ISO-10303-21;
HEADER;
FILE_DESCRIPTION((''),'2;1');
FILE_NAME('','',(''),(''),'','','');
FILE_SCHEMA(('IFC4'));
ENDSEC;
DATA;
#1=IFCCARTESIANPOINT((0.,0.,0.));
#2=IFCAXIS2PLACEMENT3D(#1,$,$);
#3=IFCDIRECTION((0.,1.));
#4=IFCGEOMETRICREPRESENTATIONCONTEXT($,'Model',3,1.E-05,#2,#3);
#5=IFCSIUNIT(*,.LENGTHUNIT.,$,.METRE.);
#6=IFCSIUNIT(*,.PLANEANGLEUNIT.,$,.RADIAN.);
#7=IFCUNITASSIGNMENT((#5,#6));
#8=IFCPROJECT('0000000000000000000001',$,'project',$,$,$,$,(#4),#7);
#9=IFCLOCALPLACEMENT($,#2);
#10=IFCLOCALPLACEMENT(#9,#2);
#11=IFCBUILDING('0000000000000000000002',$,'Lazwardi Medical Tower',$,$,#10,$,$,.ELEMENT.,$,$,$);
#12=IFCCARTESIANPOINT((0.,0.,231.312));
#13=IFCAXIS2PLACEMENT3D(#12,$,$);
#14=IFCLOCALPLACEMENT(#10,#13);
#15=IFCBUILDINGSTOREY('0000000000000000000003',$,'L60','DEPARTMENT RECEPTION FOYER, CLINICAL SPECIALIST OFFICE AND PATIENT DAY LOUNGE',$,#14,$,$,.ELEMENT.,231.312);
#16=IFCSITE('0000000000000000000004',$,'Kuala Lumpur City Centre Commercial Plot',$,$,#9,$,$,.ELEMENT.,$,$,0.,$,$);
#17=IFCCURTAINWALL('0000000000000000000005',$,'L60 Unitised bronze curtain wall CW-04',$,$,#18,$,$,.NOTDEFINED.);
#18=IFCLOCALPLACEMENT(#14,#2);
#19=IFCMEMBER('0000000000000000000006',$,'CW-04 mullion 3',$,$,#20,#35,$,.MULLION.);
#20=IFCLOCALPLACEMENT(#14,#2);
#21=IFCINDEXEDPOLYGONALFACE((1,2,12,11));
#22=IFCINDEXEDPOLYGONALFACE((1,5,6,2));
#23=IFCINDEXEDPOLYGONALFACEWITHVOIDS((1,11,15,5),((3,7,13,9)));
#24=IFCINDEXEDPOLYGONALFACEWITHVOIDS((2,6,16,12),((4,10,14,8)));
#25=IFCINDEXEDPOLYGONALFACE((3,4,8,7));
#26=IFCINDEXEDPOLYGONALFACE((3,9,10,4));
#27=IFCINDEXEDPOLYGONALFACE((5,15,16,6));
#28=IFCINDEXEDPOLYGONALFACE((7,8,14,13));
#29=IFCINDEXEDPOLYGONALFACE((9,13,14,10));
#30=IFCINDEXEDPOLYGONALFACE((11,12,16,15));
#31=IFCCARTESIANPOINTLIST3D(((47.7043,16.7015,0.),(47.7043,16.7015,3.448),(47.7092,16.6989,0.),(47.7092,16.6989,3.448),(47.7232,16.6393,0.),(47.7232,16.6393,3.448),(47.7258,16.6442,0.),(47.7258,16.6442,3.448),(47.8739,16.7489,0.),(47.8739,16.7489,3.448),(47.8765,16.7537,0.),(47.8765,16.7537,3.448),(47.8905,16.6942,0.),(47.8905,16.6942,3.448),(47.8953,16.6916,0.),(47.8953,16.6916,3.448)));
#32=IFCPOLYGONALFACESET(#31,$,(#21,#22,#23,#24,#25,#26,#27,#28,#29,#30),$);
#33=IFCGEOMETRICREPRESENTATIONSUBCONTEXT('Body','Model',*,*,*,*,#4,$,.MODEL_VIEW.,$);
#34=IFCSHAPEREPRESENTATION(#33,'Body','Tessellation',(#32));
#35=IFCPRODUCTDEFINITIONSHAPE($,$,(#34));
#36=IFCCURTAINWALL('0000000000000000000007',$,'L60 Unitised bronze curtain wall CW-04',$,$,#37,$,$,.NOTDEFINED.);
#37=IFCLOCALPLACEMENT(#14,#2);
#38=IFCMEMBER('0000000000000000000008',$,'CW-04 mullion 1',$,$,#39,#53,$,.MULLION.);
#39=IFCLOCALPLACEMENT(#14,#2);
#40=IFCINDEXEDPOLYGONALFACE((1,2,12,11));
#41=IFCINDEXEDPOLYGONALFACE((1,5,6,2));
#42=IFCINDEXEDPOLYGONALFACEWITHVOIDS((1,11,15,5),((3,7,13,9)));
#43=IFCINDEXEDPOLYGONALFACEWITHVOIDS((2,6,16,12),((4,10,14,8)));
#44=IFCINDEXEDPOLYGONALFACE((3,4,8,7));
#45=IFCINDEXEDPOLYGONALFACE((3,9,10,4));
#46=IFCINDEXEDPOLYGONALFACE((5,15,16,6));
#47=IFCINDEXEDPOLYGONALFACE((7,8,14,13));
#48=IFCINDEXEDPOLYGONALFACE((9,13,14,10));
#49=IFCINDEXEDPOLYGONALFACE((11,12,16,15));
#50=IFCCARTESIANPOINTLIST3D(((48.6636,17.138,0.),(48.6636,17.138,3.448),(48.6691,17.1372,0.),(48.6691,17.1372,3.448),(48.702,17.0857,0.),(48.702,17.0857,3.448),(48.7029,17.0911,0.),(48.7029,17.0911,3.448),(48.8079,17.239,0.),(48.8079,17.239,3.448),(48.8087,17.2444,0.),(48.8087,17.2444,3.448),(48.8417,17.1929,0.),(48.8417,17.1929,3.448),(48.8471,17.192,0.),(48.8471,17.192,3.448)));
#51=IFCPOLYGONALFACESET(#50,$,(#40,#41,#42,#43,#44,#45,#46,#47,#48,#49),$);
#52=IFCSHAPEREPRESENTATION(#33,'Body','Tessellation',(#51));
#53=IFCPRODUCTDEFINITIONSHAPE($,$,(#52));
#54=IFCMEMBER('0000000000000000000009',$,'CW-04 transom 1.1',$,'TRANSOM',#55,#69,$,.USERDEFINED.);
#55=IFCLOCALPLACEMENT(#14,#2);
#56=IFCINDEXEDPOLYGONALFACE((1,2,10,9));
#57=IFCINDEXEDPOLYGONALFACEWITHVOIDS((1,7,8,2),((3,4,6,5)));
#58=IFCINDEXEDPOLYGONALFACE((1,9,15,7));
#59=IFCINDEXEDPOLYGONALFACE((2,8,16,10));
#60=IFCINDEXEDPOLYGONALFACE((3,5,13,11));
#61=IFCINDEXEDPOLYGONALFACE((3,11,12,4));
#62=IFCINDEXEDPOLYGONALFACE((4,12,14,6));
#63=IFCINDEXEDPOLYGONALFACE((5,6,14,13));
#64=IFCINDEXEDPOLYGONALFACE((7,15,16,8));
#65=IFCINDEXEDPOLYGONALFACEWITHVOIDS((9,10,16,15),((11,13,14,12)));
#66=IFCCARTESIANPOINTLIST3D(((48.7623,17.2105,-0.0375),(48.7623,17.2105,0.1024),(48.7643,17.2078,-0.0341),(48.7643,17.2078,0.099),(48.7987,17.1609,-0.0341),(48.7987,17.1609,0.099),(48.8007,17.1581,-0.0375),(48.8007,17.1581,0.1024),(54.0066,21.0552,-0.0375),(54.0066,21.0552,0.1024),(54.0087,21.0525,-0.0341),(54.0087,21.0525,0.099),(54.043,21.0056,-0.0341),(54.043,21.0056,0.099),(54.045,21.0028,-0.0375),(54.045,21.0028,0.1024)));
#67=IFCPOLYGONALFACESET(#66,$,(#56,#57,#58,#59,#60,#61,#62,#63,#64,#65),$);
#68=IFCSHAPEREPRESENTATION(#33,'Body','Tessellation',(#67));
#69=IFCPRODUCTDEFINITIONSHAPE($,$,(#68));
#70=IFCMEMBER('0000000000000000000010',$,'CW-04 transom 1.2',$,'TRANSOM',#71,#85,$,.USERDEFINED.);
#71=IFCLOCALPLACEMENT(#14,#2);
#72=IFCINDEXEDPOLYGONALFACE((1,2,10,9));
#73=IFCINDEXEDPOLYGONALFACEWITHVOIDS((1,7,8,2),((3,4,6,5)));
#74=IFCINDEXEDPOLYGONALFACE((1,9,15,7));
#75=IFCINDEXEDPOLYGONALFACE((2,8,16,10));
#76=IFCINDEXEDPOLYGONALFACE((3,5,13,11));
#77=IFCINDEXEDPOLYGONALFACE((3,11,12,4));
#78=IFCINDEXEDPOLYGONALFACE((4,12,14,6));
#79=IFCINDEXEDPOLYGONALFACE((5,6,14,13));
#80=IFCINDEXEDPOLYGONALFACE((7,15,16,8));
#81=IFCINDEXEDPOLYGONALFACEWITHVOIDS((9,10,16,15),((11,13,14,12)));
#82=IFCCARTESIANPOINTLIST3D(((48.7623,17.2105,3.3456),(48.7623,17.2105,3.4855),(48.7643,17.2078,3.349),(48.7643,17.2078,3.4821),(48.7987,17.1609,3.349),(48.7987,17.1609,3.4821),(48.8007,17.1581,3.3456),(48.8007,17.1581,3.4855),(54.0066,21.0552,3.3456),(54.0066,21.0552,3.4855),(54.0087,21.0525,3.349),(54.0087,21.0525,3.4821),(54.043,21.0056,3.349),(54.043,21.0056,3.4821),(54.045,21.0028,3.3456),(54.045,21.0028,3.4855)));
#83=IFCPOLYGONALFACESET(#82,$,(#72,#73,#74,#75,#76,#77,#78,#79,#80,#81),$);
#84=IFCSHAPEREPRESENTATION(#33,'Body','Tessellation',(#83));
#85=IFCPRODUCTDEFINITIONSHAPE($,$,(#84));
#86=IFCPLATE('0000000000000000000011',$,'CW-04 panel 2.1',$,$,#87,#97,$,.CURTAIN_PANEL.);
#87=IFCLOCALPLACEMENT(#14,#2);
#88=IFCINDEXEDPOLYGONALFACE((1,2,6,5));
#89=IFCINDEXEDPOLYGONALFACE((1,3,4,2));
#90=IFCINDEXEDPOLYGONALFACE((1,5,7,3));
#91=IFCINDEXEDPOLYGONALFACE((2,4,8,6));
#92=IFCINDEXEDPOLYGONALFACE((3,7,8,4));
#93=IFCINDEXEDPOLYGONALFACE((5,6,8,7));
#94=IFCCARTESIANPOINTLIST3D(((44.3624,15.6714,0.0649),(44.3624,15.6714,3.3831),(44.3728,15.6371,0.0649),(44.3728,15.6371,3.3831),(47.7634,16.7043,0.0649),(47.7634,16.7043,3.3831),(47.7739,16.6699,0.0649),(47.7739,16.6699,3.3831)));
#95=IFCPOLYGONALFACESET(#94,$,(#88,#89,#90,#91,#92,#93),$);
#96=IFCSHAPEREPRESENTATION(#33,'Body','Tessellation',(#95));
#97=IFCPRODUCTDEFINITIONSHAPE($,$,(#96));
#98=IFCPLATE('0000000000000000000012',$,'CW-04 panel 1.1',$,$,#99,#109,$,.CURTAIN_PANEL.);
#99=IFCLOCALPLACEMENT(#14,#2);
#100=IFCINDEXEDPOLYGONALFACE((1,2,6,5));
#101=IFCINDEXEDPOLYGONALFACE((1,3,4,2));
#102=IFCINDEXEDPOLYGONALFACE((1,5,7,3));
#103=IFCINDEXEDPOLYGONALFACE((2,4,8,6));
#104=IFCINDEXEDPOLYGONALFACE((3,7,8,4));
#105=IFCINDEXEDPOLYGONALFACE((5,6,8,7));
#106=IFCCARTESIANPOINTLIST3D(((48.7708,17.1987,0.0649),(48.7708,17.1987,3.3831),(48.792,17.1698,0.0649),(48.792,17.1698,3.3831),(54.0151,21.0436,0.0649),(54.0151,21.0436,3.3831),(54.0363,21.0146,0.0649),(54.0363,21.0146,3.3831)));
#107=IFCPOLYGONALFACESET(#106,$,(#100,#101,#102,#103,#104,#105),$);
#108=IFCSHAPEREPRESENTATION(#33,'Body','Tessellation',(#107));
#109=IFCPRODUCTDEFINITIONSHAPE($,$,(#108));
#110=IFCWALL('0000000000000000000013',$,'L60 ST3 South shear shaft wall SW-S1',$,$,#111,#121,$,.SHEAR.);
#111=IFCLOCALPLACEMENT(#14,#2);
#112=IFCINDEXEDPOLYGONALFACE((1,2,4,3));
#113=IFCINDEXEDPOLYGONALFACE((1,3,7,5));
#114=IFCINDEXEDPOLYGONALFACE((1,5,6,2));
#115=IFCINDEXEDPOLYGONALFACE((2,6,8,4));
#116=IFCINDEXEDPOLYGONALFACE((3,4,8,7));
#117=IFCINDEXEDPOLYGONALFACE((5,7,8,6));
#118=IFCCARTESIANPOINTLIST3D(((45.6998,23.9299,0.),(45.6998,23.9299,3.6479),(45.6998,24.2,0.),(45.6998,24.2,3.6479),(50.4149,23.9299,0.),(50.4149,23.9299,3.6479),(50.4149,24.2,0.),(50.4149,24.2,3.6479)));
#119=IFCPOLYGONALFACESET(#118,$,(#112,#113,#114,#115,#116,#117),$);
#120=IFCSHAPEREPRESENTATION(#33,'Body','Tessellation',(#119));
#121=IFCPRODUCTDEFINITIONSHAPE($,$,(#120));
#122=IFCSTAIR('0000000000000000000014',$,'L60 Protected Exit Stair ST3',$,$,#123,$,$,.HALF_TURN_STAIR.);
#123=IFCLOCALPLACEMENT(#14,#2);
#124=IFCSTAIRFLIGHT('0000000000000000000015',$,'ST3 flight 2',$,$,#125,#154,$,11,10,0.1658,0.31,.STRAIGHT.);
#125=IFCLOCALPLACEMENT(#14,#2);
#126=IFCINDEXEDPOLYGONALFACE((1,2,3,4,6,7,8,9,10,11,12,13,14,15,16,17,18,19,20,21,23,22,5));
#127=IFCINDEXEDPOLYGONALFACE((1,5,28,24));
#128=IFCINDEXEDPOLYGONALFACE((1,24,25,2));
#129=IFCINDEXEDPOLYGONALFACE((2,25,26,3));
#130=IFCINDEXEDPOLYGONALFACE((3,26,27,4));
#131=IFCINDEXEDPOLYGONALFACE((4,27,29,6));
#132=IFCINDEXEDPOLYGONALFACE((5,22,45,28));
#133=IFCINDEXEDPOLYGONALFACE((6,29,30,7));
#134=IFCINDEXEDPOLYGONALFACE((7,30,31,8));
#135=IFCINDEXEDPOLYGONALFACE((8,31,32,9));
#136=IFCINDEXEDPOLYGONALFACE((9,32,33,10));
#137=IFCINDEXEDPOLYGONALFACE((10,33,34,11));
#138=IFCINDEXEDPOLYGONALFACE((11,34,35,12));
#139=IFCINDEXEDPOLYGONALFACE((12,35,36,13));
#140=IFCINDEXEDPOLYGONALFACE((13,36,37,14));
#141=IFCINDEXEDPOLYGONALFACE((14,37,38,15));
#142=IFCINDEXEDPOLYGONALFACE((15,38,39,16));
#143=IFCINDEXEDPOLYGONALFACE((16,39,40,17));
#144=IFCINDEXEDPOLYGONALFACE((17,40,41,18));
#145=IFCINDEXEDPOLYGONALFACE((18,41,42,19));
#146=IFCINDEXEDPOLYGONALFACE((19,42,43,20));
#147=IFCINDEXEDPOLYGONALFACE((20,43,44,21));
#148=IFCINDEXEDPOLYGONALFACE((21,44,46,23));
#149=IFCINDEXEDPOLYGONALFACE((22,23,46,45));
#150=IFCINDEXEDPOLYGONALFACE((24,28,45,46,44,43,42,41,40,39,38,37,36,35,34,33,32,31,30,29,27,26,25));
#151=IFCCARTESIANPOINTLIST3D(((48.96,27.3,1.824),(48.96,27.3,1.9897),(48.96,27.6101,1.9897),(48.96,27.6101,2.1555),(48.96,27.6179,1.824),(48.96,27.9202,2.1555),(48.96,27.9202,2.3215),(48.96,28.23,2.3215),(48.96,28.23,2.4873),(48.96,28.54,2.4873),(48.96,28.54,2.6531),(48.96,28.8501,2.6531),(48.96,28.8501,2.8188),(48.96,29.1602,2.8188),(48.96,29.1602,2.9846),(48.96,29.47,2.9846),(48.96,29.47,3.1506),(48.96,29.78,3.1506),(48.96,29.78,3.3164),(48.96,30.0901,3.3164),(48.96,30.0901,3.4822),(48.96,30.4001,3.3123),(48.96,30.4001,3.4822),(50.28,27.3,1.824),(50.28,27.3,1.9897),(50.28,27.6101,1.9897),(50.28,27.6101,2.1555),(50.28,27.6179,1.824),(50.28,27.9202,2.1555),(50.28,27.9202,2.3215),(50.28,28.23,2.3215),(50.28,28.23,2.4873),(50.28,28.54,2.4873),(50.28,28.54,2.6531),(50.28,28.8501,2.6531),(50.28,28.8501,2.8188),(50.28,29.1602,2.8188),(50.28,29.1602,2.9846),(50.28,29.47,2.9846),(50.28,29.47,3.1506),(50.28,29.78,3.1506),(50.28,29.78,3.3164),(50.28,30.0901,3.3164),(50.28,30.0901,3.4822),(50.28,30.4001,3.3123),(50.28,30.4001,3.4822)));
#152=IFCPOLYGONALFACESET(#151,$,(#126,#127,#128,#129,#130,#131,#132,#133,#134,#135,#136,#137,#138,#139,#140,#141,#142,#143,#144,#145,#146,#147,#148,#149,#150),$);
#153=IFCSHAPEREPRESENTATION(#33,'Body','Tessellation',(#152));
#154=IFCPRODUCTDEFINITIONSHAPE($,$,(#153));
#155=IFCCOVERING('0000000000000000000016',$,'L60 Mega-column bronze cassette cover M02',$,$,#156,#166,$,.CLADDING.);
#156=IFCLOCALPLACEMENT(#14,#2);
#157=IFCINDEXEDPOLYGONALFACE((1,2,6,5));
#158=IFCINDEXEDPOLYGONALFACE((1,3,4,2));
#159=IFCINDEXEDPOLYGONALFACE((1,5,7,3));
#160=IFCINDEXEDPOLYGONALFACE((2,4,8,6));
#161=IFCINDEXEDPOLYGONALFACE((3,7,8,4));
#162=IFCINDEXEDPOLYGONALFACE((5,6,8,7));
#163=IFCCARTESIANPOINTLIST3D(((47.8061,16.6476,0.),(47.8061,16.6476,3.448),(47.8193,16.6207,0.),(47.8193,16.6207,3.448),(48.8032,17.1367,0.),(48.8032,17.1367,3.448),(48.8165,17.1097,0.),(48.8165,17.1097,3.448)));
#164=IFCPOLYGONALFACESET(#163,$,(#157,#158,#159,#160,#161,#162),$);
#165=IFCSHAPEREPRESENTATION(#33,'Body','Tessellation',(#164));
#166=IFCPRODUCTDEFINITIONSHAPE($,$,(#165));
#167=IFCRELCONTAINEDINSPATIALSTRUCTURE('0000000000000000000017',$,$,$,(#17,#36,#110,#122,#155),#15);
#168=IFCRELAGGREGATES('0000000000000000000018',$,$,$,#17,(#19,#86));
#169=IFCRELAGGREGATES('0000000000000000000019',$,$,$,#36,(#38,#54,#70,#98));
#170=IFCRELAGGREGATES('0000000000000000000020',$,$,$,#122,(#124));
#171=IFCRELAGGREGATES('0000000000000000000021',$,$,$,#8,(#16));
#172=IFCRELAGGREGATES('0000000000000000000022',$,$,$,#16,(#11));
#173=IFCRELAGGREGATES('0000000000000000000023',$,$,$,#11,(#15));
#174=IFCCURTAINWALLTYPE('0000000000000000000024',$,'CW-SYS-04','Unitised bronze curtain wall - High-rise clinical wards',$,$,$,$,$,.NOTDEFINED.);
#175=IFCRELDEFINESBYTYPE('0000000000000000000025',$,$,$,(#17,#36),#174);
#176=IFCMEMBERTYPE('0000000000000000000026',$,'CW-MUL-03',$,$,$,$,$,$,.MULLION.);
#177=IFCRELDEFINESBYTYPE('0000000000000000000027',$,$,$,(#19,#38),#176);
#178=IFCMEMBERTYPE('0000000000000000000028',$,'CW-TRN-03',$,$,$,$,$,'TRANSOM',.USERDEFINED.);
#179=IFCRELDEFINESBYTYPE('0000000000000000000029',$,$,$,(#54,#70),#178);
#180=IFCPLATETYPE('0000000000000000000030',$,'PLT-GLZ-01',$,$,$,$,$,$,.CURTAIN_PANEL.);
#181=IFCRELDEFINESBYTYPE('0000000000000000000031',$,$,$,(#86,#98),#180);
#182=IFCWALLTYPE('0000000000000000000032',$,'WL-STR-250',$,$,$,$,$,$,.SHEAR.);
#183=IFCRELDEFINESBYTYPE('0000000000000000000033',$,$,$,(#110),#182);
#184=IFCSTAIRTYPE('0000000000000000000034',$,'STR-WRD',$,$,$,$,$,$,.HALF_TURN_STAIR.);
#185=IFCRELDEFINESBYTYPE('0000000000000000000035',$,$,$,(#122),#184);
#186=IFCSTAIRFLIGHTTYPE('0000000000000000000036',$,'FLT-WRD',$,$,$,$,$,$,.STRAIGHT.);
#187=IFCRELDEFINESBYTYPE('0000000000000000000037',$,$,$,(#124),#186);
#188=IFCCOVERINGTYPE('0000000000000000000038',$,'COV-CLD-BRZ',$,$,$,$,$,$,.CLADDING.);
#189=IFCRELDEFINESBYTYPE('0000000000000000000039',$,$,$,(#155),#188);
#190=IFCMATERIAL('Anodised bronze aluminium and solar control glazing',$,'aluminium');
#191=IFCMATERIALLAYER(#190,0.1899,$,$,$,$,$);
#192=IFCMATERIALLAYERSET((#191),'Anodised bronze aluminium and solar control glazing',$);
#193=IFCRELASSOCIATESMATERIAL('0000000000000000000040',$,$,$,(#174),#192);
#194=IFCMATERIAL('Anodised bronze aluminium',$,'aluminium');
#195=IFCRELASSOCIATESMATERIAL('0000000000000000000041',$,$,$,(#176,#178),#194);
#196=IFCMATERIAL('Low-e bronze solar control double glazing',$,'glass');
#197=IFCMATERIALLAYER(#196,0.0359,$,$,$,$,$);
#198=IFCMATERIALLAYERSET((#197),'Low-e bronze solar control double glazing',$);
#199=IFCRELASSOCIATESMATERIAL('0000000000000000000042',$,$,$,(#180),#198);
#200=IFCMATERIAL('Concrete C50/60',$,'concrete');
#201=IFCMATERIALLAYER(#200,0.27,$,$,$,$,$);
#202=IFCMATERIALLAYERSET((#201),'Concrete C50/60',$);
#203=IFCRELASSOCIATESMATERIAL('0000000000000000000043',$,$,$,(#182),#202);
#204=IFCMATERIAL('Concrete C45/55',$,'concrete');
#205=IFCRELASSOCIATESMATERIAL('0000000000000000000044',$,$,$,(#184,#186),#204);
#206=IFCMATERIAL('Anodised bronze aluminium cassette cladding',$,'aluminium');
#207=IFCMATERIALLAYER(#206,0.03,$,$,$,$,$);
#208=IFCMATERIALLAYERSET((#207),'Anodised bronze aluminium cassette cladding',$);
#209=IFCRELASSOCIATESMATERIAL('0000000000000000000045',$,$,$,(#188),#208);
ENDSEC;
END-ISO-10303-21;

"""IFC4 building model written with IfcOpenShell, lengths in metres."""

from ifc_helpers import new_model, si_unit, direction, frame, frame_2d, origin, origin_2d, place, context, subcontext, project, spatial, polyline, rectangle, hollow_rectangle, outline, extrude, material, layer, layer_set, material_profile, profile_set, type_object, element, aggregate, save


model = new_model("IFC4")

# Units and contexts
model_context = context("Model", 3, precision=1e-05, world=origin(), true_north=direction((0.0, 1.0)))
body_context = subcontext(model_context, "Body", "Model", "MODEL_VIEW")
ifc_project = project(units=[si_unit("LENGTHUNIT", "METRE"), si_unit("PLANEANGLEUNIT", "RADIAN")], contexts=[model_context])

# Site, building, storey
site_placement = place(None, origin())
site = spatial("IfcSite", under=ifc_project, at=site_placement, Name="Kuala Lumpur City Centre Commercial Plot", CompositionType="ELEMENT", RefElevation=0.0)
building_placement = place(site_placement, origin())
building = spatial("IfcBuilding", under=site, at=building_placement, Name="Lazwardi Medical Tower", CompositionType="ELEMENT")
storey_placement = place(building_placement, frame((0.0, 0.0, 231.312)))
storey = spatial("IfcBuildingStorey", under=building, at=storey_placement, Name="L60", Description="DEPARTMENT RECEPTION FOYER, CLINICAL SPECIALIST OFFICE AND PATIENT DAY LOUNGE", CompositionType="ELEMENT", Elevation=231.312)

# Curtain wall, member
ifc_material_1 = material(Name="Anodised bronze aluminium and solar control glazing", Category="aluminium")
ifc_layer_1 = layer(ifc_material_1, 0.1899)
ifc_layer_set_1 = layer_set([ifc_layer_1], Name="Anodised bronze aluminium and solar control glazing")
curtain_wall_type = type_object("IfcCurtainWallType", Name="CW-SYS-04", Description="Unitised bronze curtain wall - High-rise clinical wards", PredefinedType="NOTDEFINED", material=ifc_layer_set_1)
curtain_wall_1_placement = place(storey_placement, origin())
curtain_wall_1 = element("IfcCurtainWall", 1, at=curtain_wall_1_placement, inside=storey, type_object=curtain_wall_type, Name="L60 Unitised bronze curtain wall CW-04", PredefinedType="NOTDEFINED")
ifc_material_2 = material(Name="Anodised bronze aluminium", Category="aluminium")
ifc_material_profile_1 = material_profile(ifc_material_2, hollow_rectangle(XDim=0.0649, YDim=0.1799, WallThickness=0.0039, at=origin_2d()), Name="ALU-MULLION 180x65x4")
ifc_profile_set_1 = profile_set([ifc_material_profile_1], Name="Anodised bronze aluminium")
member_type_1 = type_object("IfcMemberType", Name="CW-MUL-03", PredefinedType="MULLION", material=ifc_profile_set_1)
member_1_placement = place(storey_placement, frame((47.7998, 16.6965, 0.0), z_axis=(0.0, 0.0, 1.0), x_axis=(-0.290582, 0.95685, 0.0)))
member_1 = element("IfcMember", 2, at=member_1_placement, type_object=member_type_1, Name="CW-04 mullion 3", PredefinedType="MULLION", context=body_context, shape_type="SweptSolid", body=[
    extrude(hollow_rectangle(XDim=0.0649, YDim=0.1799, WallThickness=0.0039, at=origin_2d()), origin(), (0.0, 0.0, 1.0), 3.448),
])

# Curtain wall, members
curtain_wall_2_placement = place(storey_placement, origin())
curtain_wall_2 = element("IfcCurtainWall", 3, at=curtain_wall_2_placement, inside=storey, type_object=curtain_wall_type, Name="L60 Unitised bronze curtain wall CW-04", PredefinedType="NOTDEFINED")
member_2_placement = place(storey_placement, frame((48.7554, 17.165, 0.0), z_axis=(0.0, 0.0, 1.0), x_axis=(-0.591268, 0.806475, 0.0)))
member_2 = element("IfcMember", 4, at=member_2_placement, type_object=member_type_1, Name="CW-04 mullion 1", PredefinedType="MULLION", context=body_context, shape_type="SweptSolid", body=[
    extrude(hollow_rectangle(XDim=0.0649, YDim=0.1799, WallThickness=0.0039, at=origin_2d()), origin(), (0.0, 0.0, 1.0), 3.448),
])
ifc_material_profile_2 = material_profile(ifc_material_2, hollow_rectangle(XDim=0.0649, YDim=0.1399, WallThickness=0.0034, at=origin_2d()), Name="ALU-TRANSOM 140x65x3.5")
ifc_profile_set_2 = profile_set([ifc_material_profile_2], Name="Anodised bronze aluminium")
member_type_2 = type_object("IfcMemberType", Name="CW-TRN-03", ElementType="TRANSOM", PredefinedType="USERDEFINED", material=ifc_profile_set_2)
member_3_placement = place(storey_placement, frame((48.7815, 17.1843, 0.0325), z_axis=(0.80649, 0.591248, 0.0), x_axis=(-0.591248, 0.80649, 0.0)))
member_3 = element("IfcMember", 5, at=member_3_placement, type_object=member_type_2, Name="CW-04 transom 1.1", ObjectType="TRANSOM", PredefinedType="USERDEFINED", context=body_context, shape_type="SweptSolid", body=[
    extrude(hollow_rectangle(XDim=0.0649, YDim=0.1399, WallThickness=0.0034, at=origin_2d()), origin(), (0.0, 0.0, 1.0), 6.5027),
])
member_4_placement = place(storey_placement, frame((48.7815, 17.1843, 3.4155), z_axis=(0.80649, 0.591248, 0.0), x_axis=(-0.591248, 0.80649, 0.0)))
member_4 = element("IfcMember", 6, at=member_4_placement, type_object=member_type_2, Name="CW-04 transom 1.2", ObjectType="TRANSOM", PredefinedType="USERDEFINED", context=body_context, shape_type="SweptSolid", body=[
    extrude(hollow_rectangle(XDim=0.0649, YDim=0.1399, WallThickness=0.0034, at=origin_2d()), origin(), (0.0, 0.0, 1.0), 6.5027),
])

# Plates
ifc_material_3 = material(Name="Low-e bronze solar control double glazing", Category="glass")
ifc_layer_2 = layer(ifc_material_3, 0.0359)
ifc_layer_set_2 = layer_set([ifc_layer_2], Name="Low-e bronze solar control double glazing")
plate_type = type_object("IfcPlateType", Name="PLT-GLZ-01", PredefinedType="CURTAIN_PANEL", material=ifc_layer_set_2)
plate_1_placement = place(storey_placement, frame((46.0681, 16.1707, 0.0649), z_axis=(0.0, 0.0, 1.0), x_axis=(0.95685, 0.290582, 0.0)))
plate_1 = element("IfcPlate", 7, at=plate_1_placement, type_object=plate_type, Name="CW-04 panel 2.1", PredefinedType="CURTAIN_PANEL", context=body_context, shape_type="SweptSolid", body=[
    extrude(rectangle(XDim=3.5544, YDim=0.0359, at=origin_2d()), origin(), (0.0, 0.0, 1.0), 3.3181),
])
aggregate(curtain_wall_1, [member_1, plate_1])
plate_2_placement = place(storey_placement, frame((51.4036, 19.1067, 0.0649), z_axis=(0.0, 0.0, 1.0), x_axis=(0.806475, 0.591268, 0.0)))
plate_2 = element("IfcPlate", 8, at=plate_2_placement, type_object=plate_type, Name="CW-04 panel 1.1", PredefinedType="CURTAIN_PANEL", context=body_context, shape_type="SweptSolid", body=[
    extrude(rectangle(XDim=6.5027, YDim=0.0359, at=origin_2d()), origin(), (0.0, 0.0, 1.0), 3.3181),
])
aggregate(curtain_wall_2, [member_2, member_3, member_4, plate_2])

# Wall
ifc_material_4 = material(Name="Concrete C50/60", Category="concrete")
ifc_layer_3 = layer(ifc_material_4, 0.27)
ifc_layer_set_3 = layer_set([ifc_layer_3], Name="Concrete C50/60")
wall_type = type_object("IfcWallType", Name="WL-STR-250", PredefinedType="SHEAR", material=ifc_layer_set_3)
wall_placement = place(storey_placement, frame((45.7, 24.0649, 0.0), z_axis=(0.0, 0.0, 1.0), x_axis=(1.0, 0.0, 0.0)))
element("IfcWall", 9, at=wall_placement, inside=storey, type_object=wall_type, Name="L60 ST3 South shear shaft wall SW-S1", PredefinedType="SHEAR", context=body_context, shape_type="SweptSolid", body=[
    extrude(rectangle(XDim=4.7151, YDim=0.27, at=frame_2d((2.3574, 0.0))), origin(), (0.0, 0.0, 1.0), 3.6479),
])

# Stair, stair flight
ifc_material_5 = material(Name="Concrete C45/55", Category="concrete")
stair_type = type_object("IfcStairType", Name="STR-WRD", PredefinedType="HALF_TURN_STAIR", material=ifc_material_5)
stair_placement = place(storey_placement, origin())
stair = element("IfcStair", 10, at=stair_placement, inside=storey, type_object=stair_type, Name="L60 Protected Exit Stair ST3", PredefinedType="HALF_TURN_STAIR")
stair_flight_type = type_object("IfcStairFlightType", Name="FLT-WRD", PredefinedType="STRAIGHT", material=ifc_material_5)
stair_flight_placement = place(storey_placement, frame((49.6201, 27.3, 1.824), z_axis=(0.0, 0.0, 1.0), x_axis=(0.0, 1.0, 0.0)))
stair_flight = element("IfcStairFlight", 11, at=stair_flight_placement, type_object=stair_flight_type, Name="ST3 flight 2", NumberOfRisers=11, NumberOfTreads=10, PredefinedType="STRAIGHT", RiserHeight=0.1658, TreadLength=0.31, context=body_context, shape_type="SweptSolid", body=[
    extrude(outline(polyline([(0.0, 0.0), (0.0, 0.1658), (0.3101, 0.1658), (0.3101, 0.3315), (0.6201, 0.3315), (0.6201, 0.4976), (0.9299, 0.4976), (0.9299, 0.6633), (1.24, 0.6633), (1.24, 0.8291), (1.55, 0.8291), (1.55, 0.9949), (1.8601, 0.9949), (1.8601, 1.1606), (2.1699, 1.1606), (2.1699, 1.3267), (2.48, 1.3267), (2.48, 1.4924), (2.79, 1.4924), (2.79, 1.6582), (3.1001, 1.6582), (3.1001, 1.824), (3.1001, 1.4883), (0.3179, 0.0), (0.0, 0.0)])), frame((0.0, 0.6602, 0.0), z_axis=(0.0, -1.0, 0.0), x_axis=(1.0, 0.0, 0.0)), (0.0, 0.0, 1.0), 1.3201),
])
aggregate(stair, [stair_flight])

# Covering
ifc_material_6 = material(Name="Anodised bronze aluminium cassette cladding", Category="aluminium")
ifc_layer_4 = layer(ifc_material_6, 0.03)
ifc_layer_set_4 = layer_set([ifc_layer_4], Name="Anodised bronze aluminium cassette cladding")
covering_type = type_object("IfcCoveringType", Name="COV-CLD-BRZ", PredefinedType="CLADDING", material=ifc_layer_set_4)
covering_placement = place(storey_placement, frame((48.3113, 16.8787, 0.0), z_axis=(0.0, 0.0, 1.0), x_axis=(0.89784, 0.440322, 0.0)))
element("IfcCovering", 12, at=covering_placement, inside=storey, type_object=covering_type, Name="L60 Mega-column bronze cassette cover M02", PredefinedType="CLADDING", context=body_context, shape_type="SweptSolid", body=[
    extrude(rectangle(XDim=1.1106, YDim=0.03, at=origin_2d()), origin(), (0.0, 0.0, 1.0), 3.448),
])

save(model, "model.ifc")
